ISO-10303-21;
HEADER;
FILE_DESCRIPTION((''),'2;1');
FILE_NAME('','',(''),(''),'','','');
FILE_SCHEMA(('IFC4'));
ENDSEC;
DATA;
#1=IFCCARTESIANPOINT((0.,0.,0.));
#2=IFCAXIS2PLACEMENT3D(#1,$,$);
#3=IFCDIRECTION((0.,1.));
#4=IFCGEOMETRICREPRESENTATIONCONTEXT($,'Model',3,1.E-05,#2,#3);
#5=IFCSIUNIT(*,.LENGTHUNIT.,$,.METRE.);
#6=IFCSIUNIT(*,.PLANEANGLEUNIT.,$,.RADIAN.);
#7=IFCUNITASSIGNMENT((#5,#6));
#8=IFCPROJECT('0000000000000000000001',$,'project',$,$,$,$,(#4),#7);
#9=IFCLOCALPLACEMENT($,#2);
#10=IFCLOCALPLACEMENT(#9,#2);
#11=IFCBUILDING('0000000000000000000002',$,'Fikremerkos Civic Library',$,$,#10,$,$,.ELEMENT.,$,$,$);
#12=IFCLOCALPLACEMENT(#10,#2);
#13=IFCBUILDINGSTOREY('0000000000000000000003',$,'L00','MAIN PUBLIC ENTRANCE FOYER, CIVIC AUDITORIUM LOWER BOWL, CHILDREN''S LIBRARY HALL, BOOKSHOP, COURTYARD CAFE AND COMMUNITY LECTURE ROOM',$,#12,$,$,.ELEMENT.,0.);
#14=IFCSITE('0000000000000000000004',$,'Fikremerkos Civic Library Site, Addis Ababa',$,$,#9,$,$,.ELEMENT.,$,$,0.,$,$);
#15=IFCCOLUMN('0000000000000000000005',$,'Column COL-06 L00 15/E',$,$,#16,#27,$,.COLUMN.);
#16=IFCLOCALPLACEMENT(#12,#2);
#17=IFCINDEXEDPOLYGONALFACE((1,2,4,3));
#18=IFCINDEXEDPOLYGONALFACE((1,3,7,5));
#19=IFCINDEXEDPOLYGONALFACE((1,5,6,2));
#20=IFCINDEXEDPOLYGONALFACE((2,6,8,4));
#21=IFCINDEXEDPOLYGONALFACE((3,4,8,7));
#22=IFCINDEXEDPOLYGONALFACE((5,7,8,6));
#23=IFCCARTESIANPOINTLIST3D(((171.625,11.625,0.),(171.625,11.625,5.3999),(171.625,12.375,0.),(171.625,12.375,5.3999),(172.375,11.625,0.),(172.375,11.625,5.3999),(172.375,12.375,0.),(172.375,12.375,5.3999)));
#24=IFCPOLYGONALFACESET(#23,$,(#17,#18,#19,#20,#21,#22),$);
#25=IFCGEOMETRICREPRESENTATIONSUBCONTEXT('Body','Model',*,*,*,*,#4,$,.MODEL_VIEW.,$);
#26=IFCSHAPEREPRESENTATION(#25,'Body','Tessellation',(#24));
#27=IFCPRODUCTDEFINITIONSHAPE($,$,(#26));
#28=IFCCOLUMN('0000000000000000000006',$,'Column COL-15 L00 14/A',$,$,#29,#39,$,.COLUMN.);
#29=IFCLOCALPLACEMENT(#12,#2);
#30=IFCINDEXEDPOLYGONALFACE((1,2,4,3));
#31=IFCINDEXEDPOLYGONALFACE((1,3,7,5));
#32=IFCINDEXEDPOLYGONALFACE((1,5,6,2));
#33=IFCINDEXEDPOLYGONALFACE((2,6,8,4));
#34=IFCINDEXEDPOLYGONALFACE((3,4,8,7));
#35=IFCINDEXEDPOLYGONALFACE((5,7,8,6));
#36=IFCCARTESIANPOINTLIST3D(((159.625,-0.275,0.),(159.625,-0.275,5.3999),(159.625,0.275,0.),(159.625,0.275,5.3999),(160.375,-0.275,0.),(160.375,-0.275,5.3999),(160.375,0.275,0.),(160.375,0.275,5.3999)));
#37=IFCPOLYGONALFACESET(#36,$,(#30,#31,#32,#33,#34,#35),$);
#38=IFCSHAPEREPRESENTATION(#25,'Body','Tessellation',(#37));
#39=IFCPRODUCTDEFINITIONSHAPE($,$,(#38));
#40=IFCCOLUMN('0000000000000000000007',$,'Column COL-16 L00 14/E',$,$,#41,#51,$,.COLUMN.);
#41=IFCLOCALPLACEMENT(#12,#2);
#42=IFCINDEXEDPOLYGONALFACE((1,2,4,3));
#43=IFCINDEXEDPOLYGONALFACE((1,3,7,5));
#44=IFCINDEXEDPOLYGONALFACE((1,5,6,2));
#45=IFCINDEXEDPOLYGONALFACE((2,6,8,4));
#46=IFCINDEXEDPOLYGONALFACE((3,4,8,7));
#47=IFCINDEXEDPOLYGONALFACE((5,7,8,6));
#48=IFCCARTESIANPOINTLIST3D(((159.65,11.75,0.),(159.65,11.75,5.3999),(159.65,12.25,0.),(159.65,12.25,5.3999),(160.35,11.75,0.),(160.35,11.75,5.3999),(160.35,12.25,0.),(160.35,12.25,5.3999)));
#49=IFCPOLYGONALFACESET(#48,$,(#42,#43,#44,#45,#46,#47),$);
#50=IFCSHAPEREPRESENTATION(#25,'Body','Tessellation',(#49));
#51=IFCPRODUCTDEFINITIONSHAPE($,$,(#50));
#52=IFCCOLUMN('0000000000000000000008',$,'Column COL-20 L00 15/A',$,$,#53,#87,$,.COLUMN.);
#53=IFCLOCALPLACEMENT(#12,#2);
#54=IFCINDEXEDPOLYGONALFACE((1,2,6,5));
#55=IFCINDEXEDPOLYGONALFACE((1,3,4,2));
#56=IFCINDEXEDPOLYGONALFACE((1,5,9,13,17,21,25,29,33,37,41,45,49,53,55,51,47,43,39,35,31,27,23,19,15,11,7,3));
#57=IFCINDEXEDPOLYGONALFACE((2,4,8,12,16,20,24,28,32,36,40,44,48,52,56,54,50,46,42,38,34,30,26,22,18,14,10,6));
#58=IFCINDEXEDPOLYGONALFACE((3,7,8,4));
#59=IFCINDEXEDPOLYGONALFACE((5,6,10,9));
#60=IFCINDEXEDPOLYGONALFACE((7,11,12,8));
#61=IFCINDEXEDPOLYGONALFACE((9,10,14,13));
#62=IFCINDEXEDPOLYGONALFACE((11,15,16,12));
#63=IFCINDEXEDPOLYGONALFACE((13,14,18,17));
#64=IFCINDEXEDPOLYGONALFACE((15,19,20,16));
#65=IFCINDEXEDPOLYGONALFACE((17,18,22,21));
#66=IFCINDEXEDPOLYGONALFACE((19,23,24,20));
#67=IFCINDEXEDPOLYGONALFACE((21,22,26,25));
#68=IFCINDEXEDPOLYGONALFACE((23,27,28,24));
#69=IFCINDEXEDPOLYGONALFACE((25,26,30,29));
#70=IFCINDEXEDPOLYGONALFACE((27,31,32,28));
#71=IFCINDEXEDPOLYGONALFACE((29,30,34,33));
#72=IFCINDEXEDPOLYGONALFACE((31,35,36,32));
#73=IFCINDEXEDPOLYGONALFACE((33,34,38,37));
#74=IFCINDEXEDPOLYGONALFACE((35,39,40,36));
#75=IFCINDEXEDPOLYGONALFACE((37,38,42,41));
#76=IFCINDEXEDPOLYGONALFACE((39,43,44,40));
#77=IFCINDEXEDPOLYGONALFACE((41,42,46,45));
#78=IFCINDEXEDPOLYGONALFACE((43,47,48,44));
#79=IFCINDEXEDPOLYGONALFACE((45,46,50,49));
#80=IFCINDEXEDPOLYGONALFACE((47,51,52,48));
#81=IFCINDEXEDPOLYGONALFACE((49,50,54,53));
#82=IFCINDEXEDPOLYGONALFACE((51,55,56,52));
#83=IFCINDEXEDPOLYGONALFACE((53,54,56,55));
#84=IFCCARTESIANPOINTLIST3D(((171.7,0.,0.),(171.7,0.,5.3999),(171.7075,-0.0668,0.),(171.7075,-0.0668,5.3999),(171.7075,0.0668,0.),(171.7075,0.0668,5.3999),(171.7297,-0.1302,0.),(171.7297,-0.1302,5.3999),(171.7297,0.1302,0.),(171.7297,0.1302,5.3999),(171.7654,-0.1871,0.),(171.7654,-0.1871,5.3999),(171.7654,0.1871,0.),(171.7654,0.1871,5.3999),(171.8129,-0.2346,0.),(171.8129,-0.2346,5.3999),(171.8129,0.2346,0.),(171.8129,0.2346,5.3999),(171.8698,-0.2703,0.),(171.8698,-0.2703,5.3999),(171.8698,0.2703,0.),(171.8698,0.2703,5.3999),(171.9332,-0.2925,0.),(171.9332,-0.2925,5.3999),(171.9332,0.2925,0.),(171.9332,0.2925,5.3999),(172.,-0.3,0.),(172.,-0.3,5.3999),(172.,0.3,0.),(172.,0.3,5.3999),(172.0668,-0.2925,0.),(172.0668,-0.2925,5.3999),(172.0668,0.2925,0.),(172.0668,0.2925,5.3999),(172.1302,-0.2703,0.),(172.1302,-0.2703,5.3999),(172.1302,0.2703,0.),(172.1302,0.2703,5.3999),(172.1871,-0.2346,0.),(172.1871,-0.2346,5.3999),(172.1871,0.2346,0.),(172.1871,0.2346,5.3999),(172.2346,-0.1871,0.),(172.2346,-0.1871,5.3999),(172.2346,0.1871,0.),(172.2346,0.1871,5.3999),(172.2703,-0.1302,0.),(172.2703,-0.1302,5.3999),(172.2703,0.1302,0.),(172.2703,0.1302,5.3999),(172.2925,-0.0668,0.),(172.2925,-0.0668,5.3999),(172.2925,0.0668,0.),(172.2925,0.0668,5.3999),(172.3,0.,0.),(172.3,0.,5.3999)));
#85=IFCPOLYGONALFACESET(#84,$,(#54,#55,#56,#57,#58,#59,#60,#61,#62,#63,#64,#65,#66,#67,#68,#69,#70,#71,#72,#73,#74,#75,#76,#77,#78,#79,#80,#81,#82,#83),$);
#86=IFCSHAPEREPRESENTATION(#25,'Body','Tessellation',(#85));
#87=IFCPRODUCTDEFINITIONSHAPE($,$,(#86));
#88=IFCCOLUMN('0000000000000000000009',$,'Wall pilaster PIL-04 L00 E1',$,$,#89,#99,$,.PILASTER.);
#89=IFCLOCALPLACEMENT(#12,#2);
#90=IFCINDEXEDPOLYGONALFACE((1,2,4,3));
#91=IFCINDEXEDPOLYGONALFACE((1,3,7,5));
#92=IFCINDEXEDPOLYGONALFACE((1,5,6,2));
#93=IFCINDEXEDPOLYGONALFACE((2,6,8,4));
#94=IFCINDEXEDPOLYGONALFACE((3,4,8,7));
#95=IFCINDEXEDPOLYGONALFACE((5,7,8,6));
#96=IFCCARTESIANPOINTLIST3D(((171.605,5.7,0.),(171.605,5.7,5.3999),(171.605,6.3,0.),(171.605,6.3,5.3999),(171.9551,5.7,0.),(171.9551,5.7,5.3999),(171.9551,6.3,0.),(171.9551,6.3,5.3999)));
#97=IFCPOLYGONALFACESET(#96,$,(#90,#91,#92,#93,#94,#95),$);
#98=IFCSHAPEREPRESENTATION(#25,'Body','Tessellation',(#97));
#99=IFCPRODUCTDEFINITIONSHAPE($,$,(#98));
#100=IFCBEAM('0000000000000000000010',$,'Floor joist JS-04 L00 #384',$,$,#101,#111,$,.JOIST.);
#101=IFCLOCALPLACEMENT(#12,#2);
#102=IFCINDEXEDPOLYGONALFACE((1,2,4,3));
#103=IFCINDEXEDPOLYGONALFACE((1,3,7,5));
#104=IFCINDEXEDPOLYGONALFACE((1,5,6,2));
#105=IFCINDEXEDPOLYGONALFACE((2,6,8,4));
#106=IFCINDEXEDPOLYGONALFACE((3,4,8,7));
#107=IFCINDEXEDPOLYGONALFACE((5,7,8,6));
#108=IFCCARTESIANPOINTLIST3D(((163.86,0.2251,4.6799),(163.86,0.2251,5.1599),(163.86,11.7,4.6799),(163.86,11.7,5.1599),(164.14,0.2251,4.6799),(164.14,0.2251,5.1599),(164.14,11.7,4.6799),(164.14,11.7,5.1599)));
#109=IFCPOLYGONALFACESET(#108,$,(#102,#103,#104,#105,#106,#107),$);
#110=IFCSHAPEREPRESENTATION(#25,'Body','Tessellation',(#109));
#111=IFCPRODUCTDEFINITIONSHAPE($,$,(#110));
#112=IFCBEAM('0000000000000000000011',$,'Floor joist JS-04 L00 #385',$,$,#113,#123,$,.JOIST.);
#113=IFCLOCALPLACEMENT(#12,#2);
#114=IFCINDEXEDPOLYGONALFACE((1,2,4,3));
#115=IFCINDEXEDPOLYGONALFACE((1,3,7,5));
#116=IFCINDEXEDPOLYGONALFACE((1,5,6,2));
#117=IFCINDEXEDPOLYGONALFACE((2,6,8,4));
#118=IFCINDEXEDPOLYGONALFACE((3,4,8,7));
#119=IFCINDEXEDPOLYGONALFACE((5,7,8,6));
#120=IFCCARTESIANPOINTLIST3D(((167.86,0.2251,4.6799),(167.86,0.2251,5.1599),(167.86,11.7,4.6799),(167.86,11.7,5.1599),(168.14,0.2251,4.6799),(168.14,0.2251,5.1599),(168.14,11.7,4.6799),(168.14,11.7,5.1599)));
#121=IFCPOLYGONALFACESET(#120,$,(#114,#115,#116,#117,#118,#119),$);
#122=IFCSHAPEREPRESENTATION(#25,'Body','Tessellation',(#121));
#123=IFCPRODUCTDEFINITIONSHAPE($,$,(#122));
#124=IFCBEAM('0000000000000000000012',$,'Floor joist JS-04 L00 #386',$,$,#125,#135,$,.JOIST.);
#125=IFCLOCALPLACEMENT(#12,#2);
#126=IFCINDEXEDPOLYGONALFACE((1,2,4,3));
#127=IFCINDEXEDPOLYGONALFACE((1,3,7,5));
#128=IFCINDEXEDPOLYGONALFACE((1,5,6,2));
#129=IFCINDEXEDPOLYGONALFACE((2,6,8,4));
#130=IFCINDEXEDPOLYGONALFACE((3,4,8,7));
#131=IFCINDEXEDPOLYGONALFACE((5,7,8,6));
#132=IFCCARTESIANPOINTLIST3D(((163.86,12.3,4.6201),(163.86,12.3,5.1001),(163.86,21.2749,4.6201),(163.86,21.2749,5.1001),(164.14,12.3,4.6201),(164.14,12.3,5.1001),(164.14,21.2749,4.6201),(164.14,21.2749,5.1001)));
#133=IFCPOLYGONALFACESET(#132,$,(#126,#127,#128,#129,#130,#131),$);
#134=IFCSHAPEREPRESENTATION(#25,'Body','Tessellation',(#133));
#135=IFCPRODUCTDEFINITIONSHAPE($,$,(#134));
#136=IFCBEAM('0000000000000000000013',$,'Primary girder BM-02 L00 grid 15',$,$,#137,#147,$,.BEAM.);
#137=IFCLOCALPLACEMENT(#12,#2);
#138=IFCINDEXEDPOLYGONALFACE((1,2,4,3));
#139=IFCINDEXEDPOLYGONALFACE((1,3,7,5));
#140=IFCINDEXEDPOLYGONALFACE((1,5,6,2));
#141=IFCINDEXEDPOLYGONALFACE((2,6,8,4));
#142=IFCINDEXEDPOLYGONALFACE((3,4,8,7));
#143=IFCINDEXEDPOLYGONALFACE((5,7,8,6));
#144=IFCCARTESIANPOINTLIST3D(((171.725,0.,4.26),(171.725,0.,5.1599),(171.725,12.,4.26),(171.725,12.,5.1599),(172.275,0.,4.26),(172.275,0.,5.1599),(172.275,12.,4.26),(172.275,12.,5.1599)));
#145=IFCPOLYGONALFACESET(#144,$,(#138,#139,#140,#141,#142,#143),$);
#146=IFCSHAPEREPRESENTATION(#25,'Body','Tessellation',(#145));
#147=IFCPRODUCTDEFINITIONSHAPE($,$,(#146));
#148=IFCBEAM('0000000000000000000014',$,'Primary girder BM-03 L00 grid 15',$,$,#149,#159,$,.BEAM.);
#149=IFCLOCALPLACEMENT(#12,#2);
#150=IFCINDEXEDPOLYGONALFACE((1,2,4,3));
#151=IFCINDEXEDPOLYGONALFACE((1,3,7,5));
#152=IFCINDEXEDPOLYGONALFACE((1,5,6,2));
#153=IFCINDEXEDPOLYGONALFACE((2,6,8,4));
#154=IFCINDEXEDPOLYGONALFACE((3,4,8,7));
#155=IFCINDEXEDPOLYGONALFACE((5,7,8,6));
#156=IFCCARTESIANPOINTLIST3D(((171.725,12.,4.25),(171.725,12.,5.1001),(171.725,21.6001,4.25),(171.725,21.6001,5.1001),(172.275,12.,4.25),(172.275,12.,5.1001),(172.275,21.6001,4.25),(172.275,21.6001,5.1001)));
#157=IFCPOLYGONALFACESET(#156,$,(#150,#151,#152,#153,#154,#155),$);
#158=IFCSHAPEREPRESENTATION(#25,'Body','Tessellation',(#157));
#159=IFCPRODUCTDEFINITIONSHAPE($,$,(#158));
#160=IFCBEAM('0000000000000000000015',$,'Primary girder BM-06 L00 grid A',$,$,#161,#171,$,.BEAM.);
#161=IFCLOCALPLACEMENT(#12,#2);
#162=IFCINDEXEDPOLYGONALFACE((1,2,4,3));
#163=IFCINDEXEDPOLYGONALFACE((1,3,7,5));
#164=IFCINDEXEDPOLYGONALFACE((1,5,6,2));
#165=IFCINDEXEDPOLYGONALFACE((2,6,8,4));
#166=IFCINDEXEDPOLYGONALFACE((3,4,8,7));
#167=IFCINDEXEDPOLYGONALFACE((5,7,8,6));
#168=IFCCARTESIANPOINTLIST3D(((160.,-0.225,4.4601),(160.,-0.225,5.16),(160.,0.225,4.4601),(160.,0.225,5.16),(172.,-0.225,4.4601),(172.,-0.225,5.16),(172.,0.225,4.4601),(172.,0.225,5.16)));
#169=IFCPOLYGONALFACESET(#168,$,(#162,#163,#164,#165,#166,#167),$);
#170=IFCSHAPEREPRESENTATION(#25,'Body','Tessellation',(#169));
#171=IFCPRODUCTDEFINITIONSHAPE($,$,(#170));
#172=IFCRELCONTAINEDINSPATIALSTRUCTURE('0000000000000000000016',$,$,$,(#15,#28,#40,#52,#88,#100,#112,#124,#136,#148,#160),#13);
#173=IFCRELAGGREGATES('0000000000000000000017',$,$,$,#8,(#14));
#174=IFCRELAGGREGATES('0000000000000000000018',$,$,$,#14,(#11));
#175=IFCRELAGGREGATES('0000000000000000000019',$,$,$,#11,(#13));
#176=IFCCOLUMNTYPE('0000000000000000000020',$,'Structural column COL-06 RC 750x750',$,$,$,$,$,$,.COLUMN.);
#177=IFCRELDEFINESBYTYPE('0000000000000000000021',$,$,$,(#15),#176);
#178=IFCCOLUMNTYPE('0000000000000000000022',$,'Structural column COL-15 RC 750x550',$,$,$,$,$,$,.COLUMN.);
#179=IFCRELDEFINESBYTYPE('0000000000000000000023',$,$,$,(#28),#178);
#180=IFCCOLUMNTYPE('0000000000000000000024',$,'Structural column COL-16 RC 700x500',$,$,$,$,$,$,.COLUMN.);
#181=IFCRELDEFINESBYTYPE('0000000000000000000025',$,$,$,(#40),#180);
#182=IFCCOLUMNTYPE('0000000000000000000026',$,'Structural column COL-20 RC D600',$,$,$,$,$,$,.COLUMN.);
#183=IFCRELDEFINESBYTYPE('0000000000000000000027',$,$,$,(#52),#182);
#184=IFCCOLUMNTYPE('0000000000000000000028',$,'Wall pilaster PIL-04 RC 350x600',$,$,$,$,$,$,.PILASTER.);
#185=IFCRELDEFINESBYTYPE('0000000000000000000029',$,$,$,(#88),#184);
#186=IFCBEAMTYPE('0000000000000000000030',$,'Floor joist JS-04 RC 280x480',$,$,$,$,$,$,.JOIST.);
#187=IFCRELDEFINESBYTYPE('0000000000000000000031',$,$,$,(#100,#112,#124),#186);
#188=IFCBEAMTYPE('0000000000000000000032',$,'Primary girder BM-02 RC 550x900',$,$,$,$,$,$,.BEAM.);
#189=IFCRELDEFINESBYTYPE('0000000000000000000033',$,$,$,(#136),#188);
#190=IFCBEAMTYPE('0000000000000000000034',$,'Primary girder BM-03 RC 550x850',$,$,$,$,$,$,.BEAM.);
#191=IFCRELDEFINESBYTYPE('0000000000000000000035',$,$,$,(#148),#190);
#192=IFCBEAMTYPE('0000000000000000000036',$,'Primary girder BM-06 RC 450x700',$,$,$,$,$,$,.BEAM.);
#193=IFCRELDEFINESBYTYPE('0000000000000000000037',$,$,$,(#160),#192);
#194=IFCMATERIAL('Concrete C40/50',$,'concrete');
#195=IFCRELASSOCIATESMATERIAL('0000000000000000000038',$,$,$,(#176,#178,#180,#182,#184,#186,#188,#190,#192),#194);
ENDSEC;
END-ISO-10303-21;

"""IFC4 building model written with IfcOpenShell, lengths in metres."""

from ifc_helpers import new_model, si_unit, direction, frame, origin, origin_2d, place, context, subcontext, project, spatial, rectangle, circle, extrude, material, material_profile, profile_set, type_object, element, save


model = new_model("IFC4")

# Units and contexts
model_context = context("Model", 3, precision=1e-05, world=origin(), true_north=direction((0.0, 1.0)))
body_context = subcontext(model_context, "Body", "Model", "MODEL_VIEW")
ifc_project = project(units=[si_unit("LENGTHUNIT", "METRE"), si_unit("PLANEANGLEUNIT", "RADIAN")], contexts=[model_context])

# Site, building, storey
site_placement = place(None, origin())
site = spatial("IfcSite", under=ifc_project, at=site_placement, Name="Fikremerkos Civic Library Site, Addis Ababa", CompositionType="ELEMENT", RefElevation=0.0)
building_placement = place(site_placement, origin())
building = spatial("IfcBuilding", under=site, at=building_placement, Name="Fikremerkos Civic Library", CompositionType="ELEMENT")
storey_placement = place(building_placement, origin())
storey = spatial("IfcBuildingStorey", under=building, at=storey_placement, Name="L00", Description="MAIN PUBLIC ENTRANCE FOYER, CIVIC AUDITORIUM LOWER BOWL, CHILDREN'S LIBRARY HALL, BOOKSHOP, COURTYARD CAFE AND COMMUNITY LECTURE ROOM", CompositionType="ELEMENT", Elevation=0.0)

# Columns
ifc_material_1 = material(Name="Concrete C40/50", Category="concrete")
ifc_material_profile_1 = material_profile(ifc_material_1, rectangle(XDim=0.75, YDim=0.75, at=origin_2d()), Name="RC 750x750")
ifc_profile_set_1 = profile_set([ifc_material_profile_1], Name="Concrete C40/50")
column_type_1 = type_object("IfcColumnType", Name="Structural column COL-06 RC 750x750", PredefinedType="COLUMN", material=ifc_profile_set_1)
column_1_placement = place(storey_placement, frame((172.0, 12.0, 0.0), z_axis=(0.0, 0.0, 1.0), x_axis=(1.0, 0.0, 0.0)))
element("IfcColumn", 1, at=column_1_placement, inside=storey, type_object=column_type_1, Name="Column COL-06 L00 15/E", PredefinedType="COLUMN", context=body_context, shape_type="SweptSolid", body=[
    extrude(rectangle(XDim=0.75, YDim=0.75, at=origin_2d()), origin(), (0.0, 0.0, 1.0), 5.3999),
])
ifc_material_profile_2 = material_profile(ifc_material_1, rectangle(XDim=0.75, YDim=0.55, at=origin_2d()), Name="RC 750x550")
ifc_profile_set_2 = profile_set([ifc_material_profile_2], Name="Concrete C40/50")
column_type_2 = type_object("IfcColumnType", Name="Structural column COL-15 RC 750x550", PredefinedType="COLUMN", material=ifc_profile_set_2)
column_2_placement = place(storey_placement, frame((160.0, 0.0, 0.0), z_axis=(0.0, 0.0, 1.0), x_axis=(1.0, 0.0, 0.0)))
element("IfcColumn", 2, at=column_2_placement, inside=storey, type_object=column_type_2, Name="Column COL-15 L00 14/A", PredefinedType="COLUMN", context=body_context, shape_type="SweptSolid", body=[
    extrude(rectangle(XDim=0.75, YDim=0.55, at=origin_2d()), origin(), (0.0, 0.0, 1.0), 5.3999),
])
ifc_material_profile_3 = material_profile(ifc_material_1, rectangle(XDim=0.7, YDim=0.5, at=origin_2d()), Name="RC 700x500")
ifc_profile_set_3 = profile_set([ifc_material_profile_3], Name="Concrete C40/50")
column_type_3 = type_object("IfcColumnType", Name="Structural column COL-16 RC 700x500", PredefinedType="COLUMN", material=ifc_profile_set_3)
column_3_placement = place(storey_placement, frame((160.0, 12.0, 0.0), z_axis=(0.0, 0.0, 1.0), x_axis=(1.0, 0.0, 0.0)))
element("IfcColumn", 3, at=column_3_placement, inside=storey, type_object=column_type_3, Name="Column COL-16 L00 14/E", PredefinedType="COLUMN", context=body_context, shape_type="SweptSolid", body=[
    extrude(rectangle(XDim=0.7, YDim=0.5, at=origin_2d()), origin(), (0.0, 0.0, 1.0), 5.3999),
])
ifc_material_profile_4 = material_profile(ifc_material_1, circle(Radius=0.3, at=origin_2d()), Name="RC D600")
ifc_profile_set_4 = profile_set([ifc_material_profile_4], Name="Concrete C40/50")
column_type_4 = type_object("IfcColumnType", Name="Structural column COL-20 RC D600", PredefinedType="COLUMN", material=ifc_profile_set_4)
column_4_placement = place(storey_placement, frame((172.0, 0.0, 0.0), z_axis=(0.0, 0.0, 1.0), x_axis=(1.0, 0.0, 0.0)))
element("IfcColumn", 4, at=column_4_placement, inside=storey, type_object=column_type_4, Name="Column COL-20 L00 15/A", PredefinedType="COLUMN", context=body_context, shape_type="SweptSolid", body=[
    extrude(circle(Radius=0.3, at=origin_2d()), origin(), (0.0, 0.0, 1.0), 5.3999),
])
ifc_material_profile_5 = material_profile(ifc_material_1, rectangle(XDim=0.3501, YDim=0.6001, at=origin_2d()), Name="RC 350x600")
ifc_profile_set_5 = profile_set([ifc_material_profile_5], Name="Concrete C40/50")
column_type_5 = type_object("IfcColumnType", Name="Wall pilaster PIL-04 RC 350x600", PredefinedType="PILASTER", material=ifc_profile_set_5)
column_5_placement = place(storey_placement, frame((171.78, 6.0, 0.0), z_axis=(0.0, 0.0, 1.0), x_axis=(1.0, 0.0, 0.0)))
element("IfcColumn", 5, at=column_5_placement, inside=storey, type_object=column_type_5, Name="Wall pilaster PIL-04 L00 E1", PredefinedType="PILASTER", context=body_context, shape_type="SweptSolid", body=[
    extrude(rectangle(XDim=0.3501, YDim=0.6001, at=origin_2d()), origin(), (0.0, 0.0, 1.0), 5.3999),
])

# Beams
ifc_material_profile_6 = material_profile(ifc_material_1, rectangle(XDim=0.28, YDim=0.48, at=origin_2d()), Name="RC 280x480")
ifc_profile_set_6 = profile_set([ifc_material_profile_6], Name="Concrete C40/50")
beam_type_1 = type_object("IfcBeamType", Name="Floor joist JS-04 RC 280x480", PredefinedType="JOIST", material=ifc_profile_set_6)
for number, where, z_axis, x_axis, name in (
    (6, (164.0, 0.2251, 4.9199), (0.0, 1.0, 0.0), (-1.0, 0.0, 0.0), "Floor joist JS-04 L00 #384"),
    (7, (168.0, 0.2251, 4.9199), (0.0, 1.0, 0.0), (-1.0, 0.0, 0.0), "Floor joist JS-04 L00 #385"),
):
    element("IfcBeam", number, at=place(storey_placement, frame(where, z_axis=z_axis, x_axis=x_axis)), inside=storey, type_object=beam_type_1, Name=name, PredefinedType="JOIST", context=body_context, shape_type="SweptSolid", body=[
        extrude(rectangle(XDim=0.28, YDim=0.48, at=origin_2d()), origin(), (0.0, 0.0, 1.0), 11.4749),
    ])
beam_1_placement = place(storey_placement, frame((164.0, 12.3, 4.8601), z_axis=(0.0, 1.0, 0.0), x_axis=(-1.0, 0.0, 0.0)))
element("IfcBeam", 8, at=beam_1_placement, inside=storey, type_object=beam_type_1, Name="Floor joist JS-04 L00 #386", PredefinedType="JOIST", context=body_context, shape_type="SweptSolid", body=[
    extrude(rectangle(XDim=0.28, YDim=0.48, at=origin_2d()), origin(), (0.0, 0.0, 1.0), 8.9749),
])
ifc_material_profile_7 = material_profile(ifc_material_1, rectangle(XDim=0.55, YDim=0.8999, at=origin_2d()), Name="RC 550x900")
ifc_profile_set_7 = profile_set([ifc_material_profile_7], Name="Concrete C40/50")
beam_type_2 = type_object("IfcBeamType", Name="Primary girder BM-02 RC 550x900", PredefinedType="BEAM", material=ifc_profile_set_7)
beam_2_placement = place(storey_placement, frame((172.0, 0.0, 4.71), z_axis=(0.0, 1.0, 0.0), x_axis=(-1.0, 0.0, 0.0)))
element("IfcBeam", 9, at=beam_2_placement, inside=storey, type_object=beam_type_2, Name="Primary girder BM-02 L00 grid 15", PredefinedType="BEAM", context=body_context, shape_type="SweptSolid", body=[
    extrude(rectangle(XDim=0.55, YDim=0.8999, at=origin_2d()), origin(), (0.0, 0.0, 1.0), 12.0),
])
ifc_material_profile_8 = material_profile(ifc_material_1, rectangle(XDim=0.55, YDim=0.8501, at=origin_2d()), Name="RC 550x850")
ifc_profile_set_8 = profile_set([ifc_material_profile_8], Name="Concrete C40/50")
beam_type_3 = type_object("IfcBeamType", Name="Primary girder BM-03 RC 550x850", PredefinedType="BEAM", material=ifc_profile_set_8)
beam_3_placement = place(storey_placement, frame((172.0, 12.0, 4.675), z_axis=(0.0, 1.0, 0.0), x_axis=(-1.0, 0.0, 0.0)))
element("IfcBeam", 10, at=beam_3_placement, inside=storey, type_object=beam_type_3, Name="Primary girder BM-03 L00 grid 15", PredefinedType="BEAM", context=body_context, shape_type="SweptSolid", body=[
    extrude(rectangle(XDim=0.55, YDim=0.8501, at=origin_2d()), origin(), (0.0, 0.0, 1.0), 9.6001),
])
ifc_material_profile_9 = material_profile(ifc_material_1, rectangle(XDim=0.45, YDim=0.7, at=origin_2d()), Name="RC 450x700")
ifc_profile_set_9 = profile_set([ifc_material_profile_9], Name="Concrete C40/50")
beam_type_4 = type_object("IfcBeamType", Name="Primary girder BM-06 RC 450x700", PredefinedType="BEAM", material=ifc_profile_set_9)
beam_4_placement = place(storey_placement, frame((160.0, 0.0, 4.8101), z_axis=(1.0, 0.0, 0.0), x_axis=(0.0, 1.0, 0.0)))
element("IfcBeam", 11, at=beam_4_placement, inside=storey, type_object=beam_type_4, Name="Primary girder BM-06 L00 grid A", PredefinedType="BEAM", context=body_context, shape_type="SweptSolid", body=[
    extrude(rectangle(XDim=0.45, YDim=0.7, at=origin_2d()), origin(), (0.0, 0.0, 1.0), 12.0),
])

save(model, "model.ifc")
